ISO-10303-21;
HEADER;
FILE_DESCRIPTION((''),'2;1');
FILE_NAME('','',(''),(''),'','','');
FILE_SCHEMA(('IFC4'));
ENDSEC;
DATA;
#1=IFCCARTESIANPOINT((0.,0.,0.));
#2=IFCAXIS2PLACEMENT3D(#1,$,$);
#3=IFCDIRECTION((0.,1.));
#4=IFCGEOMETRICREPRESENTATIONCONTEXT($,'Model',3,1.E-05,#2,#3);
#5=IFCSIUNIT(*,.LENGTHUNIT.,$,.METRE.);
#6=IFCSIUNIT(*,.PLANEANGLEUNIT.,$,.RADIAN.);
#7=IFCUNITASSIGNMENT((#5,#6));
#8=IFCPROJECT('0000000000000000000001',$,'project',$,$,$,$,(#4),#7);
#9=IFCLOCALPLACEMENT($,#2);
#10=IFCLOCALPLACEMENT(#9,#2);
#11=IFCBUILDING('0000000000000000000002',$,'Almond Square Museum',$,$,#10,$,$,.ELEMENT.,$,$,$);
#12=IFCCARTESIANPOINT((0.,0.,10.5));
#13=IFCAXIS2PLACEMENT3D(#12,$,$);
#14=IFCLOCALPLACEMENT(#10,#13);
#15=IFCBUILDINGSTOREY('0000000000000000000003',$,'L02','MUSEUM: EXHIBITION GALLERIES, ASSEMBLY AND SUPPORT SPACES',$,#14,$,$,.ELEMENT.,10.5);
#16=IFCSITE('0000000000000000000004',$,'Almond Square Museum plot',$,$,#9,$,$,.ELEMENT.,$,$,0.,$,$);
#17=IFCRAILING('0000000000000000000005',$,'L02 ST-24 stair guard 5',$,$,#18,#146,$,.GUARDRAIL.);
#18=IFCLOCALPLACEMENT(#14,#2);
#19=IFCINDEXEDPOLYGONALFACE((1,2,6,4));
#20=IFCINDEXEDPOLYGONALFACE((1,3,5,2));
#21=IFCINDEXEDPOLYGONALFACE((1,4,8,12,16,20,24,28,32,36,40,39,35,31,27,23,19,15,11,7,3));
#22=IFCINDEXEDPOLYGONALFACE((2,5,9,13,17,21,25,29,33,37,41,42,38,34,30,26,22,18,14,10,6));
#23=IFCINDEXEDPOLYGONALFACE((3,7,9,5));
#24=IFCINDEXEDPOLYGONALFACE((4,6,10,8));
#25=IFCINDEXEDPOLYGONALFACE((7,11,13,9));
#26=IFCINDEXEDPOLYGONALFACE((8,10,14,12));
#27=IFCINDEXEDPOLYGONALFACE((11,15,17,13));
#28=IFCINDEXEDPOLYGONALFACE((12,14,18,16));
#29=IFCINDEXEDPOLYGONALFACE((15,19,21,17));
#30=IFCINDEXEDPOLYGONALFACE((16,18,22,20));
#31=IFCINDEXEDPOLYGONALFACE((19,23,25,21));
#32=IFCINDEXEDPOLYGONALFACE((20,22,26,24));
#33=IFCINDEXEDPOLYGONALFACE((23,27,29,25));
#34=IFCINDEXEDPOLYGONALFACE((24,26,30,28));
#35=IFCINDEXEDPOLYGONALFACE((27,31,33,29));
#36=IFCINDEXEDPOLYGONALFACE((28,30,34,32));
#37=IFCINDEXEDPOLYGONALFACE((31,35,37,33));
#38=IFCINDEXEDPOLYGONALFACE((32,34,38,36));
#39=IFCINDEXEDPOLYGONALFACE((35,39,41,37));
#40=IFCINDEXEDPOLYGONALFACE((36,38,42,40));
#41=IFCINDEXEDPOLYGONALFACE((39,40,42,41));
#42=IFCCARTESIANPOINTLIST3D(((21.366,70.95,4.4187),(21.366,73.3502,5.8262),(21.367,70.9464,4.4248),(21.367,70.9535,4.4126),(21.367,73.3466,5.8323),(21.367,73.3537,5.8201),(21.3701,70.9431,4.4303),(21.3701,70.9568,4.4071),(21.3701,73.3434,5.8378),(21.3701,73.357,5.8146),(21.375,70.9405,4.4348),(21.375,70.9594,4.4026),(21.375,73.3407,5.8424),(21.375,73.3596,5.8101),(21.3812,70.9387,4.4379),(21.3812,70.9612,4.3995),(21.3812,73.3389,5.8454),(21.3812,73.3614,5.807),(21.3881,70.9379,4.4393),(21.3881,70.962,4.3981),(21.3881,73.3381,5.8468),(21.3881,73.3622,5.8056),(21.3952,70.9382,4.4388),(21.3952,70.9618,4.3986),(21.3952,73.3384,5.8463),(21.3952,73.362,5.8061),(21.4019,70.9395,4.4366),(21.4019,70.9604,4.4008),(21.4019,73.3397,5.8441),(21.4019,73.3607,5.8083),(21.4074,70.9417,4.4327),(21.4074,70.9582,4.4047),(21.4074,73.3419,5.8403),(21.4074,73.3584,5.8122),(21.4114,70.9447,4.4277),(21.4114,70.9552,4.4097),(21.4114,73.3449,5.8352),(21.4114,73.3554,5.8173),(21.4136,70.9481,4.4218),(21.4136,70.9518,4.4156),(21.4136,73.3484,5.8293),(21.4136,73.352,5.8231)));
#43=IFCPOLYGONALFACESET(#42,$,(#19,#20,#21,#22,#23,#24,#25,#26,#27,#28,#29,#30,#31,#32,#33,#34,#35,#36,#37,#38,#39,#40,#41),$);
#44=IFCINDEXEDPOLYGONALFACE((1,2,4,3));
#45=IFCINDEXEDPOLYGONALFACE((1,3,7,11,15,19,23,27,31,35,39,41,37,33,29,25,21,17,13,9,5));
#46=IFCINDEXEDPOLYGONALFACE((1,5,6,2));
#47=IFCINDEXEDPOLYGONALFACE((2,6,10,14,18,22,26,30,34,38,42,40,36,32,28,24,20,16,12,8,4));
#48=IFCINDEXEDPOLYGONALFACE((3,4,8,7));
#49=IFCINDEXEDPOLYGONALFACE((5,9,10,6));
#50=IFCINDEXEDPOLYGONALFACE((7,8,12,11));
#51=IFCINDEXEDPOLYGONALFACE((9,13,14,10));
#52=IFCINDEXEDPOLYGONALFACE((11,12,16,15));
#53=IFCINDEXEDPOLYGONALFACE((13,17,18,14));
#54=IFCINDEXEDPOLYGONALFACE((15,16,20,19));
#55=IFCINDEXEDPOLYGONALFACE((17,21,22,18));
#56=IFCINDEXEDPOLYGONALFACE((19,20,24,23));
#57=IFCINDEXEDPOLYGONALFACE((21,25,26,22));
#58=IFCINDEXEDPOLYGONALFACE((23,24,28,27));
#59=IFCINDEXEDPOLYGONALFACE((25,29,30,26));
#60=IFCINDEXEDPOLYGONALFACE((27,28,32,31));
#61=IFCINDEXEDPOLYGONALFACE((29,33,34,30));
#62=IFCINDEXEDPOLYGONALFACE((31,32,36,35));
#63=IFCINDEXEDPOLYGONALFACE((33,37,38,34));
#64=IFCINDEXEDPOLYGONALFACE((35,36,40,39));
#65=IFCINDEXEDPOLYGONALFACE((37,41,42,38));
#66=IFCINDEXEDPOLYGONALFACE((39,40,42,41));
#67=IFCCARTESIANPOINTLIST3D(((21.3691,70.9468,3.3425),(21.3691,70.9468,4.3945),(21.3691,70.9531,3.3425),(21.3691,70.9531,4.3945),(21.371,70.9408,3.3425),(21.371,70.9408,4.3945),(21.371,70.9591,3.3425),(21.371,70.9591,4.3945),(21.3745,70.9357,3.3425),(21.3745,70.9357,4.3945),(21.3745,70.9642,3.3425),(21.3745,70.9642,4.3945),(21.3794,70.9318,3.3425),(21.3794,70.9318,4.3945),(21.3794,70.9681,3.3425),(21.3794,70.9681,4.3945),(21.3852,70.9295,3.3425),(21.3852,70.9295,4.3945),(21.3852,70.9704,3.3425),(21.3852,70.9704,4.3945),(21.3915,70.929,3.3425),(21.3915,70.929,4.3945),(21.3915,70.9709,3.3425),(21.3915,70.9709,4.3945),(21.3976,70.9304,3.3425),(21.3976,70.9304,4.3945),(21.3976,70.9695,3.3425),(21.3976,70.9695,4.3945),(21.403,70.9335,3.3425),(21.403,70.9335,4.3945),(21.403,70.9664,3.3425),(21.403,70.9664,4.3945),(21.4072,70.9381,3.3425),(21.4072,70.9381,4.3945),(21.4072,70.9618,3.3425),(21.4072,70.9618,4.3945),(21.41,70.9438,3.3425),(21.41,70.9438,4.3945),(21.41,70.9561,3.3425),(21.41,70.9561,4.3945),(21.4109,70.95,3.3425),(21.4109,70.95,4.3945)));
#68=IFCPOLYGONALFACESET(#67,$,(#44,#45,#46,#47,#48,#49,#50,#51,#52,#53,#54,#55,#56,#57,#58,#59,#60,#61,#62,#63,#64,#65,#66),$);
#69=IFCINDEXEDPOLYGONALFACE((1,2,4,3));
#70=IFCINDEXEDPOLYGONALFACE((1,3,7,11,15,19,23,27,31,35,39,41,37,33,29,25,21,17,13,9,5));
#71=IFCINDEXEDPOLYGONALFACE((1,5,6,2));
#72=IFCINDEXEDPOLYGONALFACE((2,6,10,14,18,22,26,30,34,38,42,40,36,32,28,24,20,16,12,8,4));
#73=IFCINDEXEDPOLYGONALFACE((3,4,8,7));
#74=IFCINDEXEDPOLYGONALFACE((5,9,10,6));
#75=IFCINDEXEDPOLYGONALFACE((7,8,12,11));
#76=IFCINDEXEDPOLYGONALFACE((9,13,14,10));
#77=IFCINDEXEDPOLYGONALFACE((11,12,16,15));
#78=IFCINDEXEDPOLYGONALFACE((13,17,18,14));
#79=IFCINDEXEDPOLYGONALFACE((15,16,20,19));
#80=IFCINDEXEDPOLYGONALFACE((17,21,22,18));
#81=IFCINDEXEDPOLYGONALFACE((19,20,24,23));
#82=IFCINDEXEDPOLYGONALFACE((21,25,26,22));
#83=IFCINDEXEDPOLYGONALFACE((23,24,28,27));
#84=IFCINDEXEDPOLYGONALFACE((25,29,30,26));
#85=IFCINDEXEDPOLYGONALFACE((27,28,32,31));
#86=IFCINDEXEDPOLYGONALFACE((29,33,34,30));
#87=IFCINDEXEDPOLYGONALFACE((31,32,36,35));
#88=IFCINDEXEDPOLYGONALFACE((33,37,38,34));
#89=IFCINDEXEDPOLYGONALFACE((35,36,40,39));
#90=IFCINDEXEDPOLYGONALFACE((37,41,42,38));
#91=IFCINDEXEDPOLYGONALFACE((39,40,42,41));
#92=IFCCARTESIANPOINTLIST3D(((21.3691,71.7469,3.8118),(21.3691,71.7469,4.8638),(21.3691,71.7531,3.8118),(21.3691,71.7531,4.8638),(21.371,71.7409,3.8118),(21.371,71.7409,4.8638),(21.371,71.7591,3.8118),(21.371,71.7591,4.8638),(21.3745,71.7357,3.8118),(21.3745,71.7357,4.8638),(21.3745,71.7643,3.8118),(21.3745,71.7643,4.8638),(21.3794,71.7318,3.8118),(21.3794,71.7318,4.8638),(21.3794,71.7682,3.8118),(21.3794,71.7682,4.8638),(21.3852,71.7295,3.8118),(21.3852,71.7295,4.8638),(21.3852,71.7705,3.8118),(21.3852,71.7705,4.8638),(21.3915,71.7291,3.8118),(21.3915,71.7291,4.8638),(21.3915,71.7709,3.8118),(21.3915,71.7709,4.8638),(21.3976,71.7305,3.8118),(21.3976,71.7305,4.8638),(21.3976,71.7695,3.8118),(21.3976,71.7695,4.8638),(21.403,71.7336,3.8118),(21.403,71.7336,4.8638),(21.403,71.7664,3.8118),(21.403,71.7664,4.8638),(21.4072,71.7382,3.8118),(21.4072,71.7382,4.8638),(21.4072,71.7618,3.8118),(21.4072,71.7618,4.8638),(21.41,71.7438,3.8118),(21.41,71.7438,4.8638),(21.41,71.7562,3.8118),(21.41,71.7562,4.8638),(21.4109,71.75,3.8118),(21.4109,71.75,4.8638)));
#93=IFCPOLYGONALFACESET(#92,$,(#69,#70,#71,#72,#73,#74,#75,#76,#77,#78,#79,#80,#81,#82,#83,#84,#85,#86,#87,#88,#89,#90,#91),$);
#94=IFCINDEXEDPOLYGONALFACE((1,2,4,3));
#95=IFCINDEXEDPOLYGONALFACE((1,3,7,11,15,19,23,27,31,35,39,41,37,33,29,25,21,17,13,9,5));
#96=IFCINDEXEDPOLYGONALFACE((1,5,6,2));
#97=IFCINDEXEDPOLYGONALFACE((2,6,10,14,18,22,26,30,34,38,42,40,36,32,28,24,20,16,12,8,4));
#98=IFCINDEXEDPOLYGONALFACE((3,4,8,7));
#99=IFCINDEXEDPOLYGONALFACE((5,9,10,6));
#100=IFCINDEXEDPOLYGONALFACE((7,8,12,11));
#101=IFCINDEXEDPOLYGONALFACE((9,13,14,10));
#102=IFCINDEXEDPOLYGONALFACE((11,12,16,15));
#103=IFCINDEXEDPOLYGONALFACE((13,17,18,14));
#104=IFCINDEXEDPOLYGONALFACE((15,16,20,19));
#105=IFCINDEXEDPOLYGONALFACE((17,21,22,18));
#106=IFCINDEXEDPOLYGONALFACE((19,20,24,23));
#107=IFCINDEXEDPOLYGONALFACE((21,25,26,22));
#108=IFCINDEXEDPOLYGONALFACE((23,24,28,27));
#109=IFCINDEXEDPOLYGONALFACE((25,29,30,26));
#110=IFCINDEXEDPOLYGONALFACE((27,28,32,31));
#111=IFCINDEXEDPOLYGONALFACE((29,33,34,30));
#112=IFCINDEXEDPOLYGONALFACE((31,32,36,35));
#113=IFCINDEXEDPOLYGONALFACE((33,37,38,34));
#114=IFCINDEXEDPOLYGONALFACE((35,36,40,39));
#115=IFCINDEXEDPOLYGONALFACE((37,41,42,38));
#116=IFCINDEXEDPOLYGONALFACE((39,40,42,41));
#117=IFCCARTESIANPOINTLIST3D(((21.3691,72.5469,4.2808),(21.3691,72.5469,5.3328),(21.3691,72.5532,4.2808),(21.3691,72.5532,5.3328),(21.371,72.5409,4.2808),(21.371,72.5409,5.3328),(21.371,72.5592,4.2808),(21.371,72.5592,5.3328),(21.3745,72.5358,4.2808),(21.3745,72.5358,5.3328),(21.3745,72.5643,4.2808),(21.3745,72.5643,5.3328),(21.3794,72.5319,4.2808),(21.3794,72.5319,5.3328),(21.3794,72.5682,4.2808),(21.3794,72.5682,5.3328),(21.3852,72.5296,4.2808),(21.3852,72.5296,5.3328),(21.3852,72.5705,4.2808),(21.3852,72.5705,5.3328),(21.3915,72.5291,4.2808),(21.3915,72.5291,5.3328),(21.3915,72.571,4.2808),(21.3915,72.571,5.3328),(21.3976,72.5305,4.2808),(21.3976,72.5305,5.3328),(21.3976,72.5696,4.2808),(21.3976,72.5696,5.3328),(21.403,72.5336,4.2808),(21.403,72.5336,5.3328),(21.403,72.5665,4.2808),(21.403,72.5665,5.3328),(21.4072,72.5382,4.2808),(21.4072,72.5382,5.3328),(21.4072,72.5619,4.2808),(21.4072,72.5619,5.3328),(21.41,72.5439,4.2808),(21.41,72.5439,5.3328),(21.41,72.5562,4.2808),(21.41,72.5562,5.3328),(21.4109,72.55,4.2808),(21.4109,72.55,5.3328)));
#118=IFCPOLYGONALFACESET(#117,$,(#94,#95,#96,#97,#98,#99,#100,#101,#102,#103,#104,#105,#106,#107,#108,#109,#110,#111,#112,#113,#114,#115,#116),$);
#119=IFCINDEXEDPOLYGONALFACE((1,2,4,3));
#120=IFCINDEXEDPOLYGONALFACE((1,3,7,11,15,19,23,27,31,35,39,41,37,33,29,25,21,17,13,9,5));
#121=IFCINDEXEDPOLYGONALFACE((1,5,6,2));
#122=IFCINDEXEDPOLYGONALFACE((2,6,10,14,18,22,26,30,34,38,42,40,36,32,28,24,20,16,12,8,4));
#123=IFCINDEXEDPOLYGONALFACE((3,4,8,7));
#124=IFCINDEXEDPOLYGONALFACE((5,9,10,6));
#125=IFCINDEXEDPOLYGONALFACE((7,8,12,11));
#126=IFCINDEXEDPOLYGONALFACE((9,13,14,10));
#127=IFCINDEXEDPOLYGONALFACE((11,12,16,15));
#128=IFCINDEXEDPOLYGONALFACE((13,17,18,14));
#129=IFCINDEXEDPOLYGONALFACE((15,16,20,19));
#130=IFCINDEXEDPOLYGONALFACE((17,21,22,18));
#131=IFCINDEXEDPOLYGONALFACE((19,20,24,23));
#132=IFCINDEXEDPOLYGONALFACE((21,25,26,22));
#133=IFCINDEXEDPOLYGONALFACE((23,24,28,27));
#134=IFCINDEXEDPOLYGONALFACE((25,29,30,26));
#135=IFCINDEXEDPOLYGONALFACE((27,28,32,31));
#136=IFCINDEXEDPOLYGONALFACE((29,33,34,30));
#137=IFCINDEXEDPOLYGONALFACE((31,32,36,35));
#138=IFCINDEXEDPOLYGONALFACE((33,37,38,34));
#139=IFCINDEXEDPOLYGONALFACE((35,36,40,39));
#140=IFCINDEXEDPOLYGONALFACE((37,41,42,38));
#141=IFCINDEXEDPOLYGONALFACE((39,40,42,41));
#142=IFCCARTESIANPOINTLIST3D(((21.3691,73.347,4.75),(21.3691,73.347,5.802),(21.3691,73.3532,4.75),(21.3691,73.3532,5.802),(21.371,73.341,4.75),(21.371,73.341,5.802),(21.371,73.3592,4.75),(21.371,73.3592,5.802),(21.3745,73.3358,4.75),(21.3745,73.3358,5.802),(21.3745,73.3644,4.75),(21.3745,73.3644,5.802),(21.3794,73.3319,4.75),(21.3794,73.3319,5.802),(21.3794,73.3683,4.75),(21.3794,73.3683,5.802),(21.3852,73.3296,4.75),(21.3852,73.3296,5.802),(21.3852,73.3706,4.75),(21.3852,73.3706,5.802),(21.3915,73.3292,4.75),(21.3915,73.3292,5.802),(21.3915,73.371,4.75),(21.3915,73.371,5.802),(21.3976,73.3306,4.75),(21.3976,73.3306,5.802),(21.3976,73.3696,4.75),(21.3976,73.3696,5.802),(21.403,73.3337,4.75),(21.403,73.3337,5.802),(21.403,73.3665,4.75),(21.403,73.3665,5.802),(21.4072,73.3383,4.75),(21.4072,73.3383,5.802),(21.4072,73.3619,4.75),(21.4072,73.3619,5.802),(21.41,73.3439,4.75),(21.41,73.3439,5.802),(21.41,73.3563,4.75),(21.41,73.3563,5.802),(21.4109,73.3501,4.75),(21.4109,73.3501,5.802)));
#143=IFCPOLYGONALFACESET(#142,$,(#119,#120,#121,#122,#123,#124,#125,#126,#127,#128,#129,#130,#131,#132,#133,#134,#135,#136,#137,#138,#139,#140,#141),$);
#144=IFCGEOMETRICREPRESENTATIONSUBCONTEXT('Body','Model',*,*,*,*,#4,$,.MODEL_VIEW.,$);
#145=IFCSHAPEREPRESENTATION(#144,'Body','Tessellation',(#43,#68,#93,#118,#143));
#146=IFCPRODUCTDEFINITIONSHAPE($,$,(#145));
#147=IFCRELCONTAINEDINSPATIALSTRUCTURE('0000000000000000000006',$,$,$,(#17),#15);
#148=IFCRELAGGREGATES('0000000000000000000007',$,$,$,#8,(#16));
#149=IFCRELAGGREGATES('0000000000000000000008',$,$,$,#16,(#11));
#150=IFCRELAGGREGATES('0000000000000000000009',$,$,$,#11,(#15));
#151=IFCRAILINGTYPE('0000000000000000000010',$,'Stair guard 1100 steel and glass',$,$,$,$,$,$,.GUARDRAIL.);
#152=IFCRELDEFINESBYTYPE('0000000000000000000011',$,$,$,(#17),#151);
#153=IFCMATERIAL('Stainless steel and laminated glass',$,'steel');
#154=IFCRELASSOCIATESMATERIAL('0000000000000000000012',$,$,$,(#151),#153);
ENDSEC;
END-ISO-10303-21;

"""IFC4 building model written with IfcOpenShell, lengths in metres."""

from ifc_helpers import new_model, si_unit, direction, frame, origin, origin_2d, place, context, subcontext, project, spatial, circle, extrude, material, type_object, element, save


model = new_model("IFC4")

# Units and contexts
model_context = context("Model", 3, precision=1e-05, world=origin(), true_north=direction((0.0, 1.0)))
body_context = subcontext(model_context, "Body", "Model", "MODEL_VIEW")
ifc_project = project(units=[si_unit("LENGTHUNIT", "METRE"), si_unit("PLANEANGLEUNIT", "RADIAN")], contexts=[model_context])

# Site, building, storey
site_placement = place(None, origin())
site = spatial("IfcSite", under=ifc_project, at=site_placement, Name="Almond Square Museum plot", CompositionType="ELEMENT", RefElevation=0.0)
building_placement = place(site_placement, origin())
building = spatial("IfcBuilding", under=site, at=building_placement, Name="Almond Square Museum", CompositionType="ELEMENT")
storey_placement = place(building_placement, frame((0.0, 0.0, 10.5)))
storey = spatial("IfcBuildingStorey", under=building, at=storey_placement, Name="L02", Description="MUSEUM: EXHIBITION GALLERIES, ASSEMBLY AND SUPPORT SPACES", CompositionType="ELEMENT", Elevation=10.5)

# Railing
ifc_material_1 = material(Name="Stainless steel and laminated glass", Category="steel")
railing_type_1 = type_object("IfcRailingType", Name="Stair guard 1100 steel and glass", PredefinedType="GUARDRAIL", material=ifc_material_1)
railing_1_placement = place(storey_placement, frame((21.3899, 70.95, 3.3425)))
element("IfcRailing", 1, at=railing_1_placement, inside=storey, type_object=railing_type_1, Name="L02 ST-24 stair guard 5", PredefinedType="GUARDRAIL", context=body_context, shape_type="SweptSolid", body=[
    extrude(circle(Radius=0.0239, at=origin_2d()), frame((0.0, 0.0, 1.0762), z_axis=(0.0, 0.862621, 0.50585), x_axis=(-1.0, 0.0, 0.0)), (0.0, 0.0, 1.0), 2.7825),
    extrude(circle(Radius=0.021, at=origin_2d()), origin(), (0.0, 0.0, 1.0), 1.052),
    extrude(circle(Radius=0.021, at=origin_2d()), frame((0.0, 0.8, 0.4692)), (0.0, 0.0, 1.0), 1.052),
    extrude(circle(Radius=0.021, at=origin_2d()), frame((0.0, 1.6001, 0.9382)), (0.0, 0.0, 1.0), 1.052),
    extrude(circle(Radius=0.021, at=origin_2d()), frame((0.0, 2.4001, 1.4075)), (0.0, 0.0, 1.0), 1.052),
])

save(model, "model.ifc")
